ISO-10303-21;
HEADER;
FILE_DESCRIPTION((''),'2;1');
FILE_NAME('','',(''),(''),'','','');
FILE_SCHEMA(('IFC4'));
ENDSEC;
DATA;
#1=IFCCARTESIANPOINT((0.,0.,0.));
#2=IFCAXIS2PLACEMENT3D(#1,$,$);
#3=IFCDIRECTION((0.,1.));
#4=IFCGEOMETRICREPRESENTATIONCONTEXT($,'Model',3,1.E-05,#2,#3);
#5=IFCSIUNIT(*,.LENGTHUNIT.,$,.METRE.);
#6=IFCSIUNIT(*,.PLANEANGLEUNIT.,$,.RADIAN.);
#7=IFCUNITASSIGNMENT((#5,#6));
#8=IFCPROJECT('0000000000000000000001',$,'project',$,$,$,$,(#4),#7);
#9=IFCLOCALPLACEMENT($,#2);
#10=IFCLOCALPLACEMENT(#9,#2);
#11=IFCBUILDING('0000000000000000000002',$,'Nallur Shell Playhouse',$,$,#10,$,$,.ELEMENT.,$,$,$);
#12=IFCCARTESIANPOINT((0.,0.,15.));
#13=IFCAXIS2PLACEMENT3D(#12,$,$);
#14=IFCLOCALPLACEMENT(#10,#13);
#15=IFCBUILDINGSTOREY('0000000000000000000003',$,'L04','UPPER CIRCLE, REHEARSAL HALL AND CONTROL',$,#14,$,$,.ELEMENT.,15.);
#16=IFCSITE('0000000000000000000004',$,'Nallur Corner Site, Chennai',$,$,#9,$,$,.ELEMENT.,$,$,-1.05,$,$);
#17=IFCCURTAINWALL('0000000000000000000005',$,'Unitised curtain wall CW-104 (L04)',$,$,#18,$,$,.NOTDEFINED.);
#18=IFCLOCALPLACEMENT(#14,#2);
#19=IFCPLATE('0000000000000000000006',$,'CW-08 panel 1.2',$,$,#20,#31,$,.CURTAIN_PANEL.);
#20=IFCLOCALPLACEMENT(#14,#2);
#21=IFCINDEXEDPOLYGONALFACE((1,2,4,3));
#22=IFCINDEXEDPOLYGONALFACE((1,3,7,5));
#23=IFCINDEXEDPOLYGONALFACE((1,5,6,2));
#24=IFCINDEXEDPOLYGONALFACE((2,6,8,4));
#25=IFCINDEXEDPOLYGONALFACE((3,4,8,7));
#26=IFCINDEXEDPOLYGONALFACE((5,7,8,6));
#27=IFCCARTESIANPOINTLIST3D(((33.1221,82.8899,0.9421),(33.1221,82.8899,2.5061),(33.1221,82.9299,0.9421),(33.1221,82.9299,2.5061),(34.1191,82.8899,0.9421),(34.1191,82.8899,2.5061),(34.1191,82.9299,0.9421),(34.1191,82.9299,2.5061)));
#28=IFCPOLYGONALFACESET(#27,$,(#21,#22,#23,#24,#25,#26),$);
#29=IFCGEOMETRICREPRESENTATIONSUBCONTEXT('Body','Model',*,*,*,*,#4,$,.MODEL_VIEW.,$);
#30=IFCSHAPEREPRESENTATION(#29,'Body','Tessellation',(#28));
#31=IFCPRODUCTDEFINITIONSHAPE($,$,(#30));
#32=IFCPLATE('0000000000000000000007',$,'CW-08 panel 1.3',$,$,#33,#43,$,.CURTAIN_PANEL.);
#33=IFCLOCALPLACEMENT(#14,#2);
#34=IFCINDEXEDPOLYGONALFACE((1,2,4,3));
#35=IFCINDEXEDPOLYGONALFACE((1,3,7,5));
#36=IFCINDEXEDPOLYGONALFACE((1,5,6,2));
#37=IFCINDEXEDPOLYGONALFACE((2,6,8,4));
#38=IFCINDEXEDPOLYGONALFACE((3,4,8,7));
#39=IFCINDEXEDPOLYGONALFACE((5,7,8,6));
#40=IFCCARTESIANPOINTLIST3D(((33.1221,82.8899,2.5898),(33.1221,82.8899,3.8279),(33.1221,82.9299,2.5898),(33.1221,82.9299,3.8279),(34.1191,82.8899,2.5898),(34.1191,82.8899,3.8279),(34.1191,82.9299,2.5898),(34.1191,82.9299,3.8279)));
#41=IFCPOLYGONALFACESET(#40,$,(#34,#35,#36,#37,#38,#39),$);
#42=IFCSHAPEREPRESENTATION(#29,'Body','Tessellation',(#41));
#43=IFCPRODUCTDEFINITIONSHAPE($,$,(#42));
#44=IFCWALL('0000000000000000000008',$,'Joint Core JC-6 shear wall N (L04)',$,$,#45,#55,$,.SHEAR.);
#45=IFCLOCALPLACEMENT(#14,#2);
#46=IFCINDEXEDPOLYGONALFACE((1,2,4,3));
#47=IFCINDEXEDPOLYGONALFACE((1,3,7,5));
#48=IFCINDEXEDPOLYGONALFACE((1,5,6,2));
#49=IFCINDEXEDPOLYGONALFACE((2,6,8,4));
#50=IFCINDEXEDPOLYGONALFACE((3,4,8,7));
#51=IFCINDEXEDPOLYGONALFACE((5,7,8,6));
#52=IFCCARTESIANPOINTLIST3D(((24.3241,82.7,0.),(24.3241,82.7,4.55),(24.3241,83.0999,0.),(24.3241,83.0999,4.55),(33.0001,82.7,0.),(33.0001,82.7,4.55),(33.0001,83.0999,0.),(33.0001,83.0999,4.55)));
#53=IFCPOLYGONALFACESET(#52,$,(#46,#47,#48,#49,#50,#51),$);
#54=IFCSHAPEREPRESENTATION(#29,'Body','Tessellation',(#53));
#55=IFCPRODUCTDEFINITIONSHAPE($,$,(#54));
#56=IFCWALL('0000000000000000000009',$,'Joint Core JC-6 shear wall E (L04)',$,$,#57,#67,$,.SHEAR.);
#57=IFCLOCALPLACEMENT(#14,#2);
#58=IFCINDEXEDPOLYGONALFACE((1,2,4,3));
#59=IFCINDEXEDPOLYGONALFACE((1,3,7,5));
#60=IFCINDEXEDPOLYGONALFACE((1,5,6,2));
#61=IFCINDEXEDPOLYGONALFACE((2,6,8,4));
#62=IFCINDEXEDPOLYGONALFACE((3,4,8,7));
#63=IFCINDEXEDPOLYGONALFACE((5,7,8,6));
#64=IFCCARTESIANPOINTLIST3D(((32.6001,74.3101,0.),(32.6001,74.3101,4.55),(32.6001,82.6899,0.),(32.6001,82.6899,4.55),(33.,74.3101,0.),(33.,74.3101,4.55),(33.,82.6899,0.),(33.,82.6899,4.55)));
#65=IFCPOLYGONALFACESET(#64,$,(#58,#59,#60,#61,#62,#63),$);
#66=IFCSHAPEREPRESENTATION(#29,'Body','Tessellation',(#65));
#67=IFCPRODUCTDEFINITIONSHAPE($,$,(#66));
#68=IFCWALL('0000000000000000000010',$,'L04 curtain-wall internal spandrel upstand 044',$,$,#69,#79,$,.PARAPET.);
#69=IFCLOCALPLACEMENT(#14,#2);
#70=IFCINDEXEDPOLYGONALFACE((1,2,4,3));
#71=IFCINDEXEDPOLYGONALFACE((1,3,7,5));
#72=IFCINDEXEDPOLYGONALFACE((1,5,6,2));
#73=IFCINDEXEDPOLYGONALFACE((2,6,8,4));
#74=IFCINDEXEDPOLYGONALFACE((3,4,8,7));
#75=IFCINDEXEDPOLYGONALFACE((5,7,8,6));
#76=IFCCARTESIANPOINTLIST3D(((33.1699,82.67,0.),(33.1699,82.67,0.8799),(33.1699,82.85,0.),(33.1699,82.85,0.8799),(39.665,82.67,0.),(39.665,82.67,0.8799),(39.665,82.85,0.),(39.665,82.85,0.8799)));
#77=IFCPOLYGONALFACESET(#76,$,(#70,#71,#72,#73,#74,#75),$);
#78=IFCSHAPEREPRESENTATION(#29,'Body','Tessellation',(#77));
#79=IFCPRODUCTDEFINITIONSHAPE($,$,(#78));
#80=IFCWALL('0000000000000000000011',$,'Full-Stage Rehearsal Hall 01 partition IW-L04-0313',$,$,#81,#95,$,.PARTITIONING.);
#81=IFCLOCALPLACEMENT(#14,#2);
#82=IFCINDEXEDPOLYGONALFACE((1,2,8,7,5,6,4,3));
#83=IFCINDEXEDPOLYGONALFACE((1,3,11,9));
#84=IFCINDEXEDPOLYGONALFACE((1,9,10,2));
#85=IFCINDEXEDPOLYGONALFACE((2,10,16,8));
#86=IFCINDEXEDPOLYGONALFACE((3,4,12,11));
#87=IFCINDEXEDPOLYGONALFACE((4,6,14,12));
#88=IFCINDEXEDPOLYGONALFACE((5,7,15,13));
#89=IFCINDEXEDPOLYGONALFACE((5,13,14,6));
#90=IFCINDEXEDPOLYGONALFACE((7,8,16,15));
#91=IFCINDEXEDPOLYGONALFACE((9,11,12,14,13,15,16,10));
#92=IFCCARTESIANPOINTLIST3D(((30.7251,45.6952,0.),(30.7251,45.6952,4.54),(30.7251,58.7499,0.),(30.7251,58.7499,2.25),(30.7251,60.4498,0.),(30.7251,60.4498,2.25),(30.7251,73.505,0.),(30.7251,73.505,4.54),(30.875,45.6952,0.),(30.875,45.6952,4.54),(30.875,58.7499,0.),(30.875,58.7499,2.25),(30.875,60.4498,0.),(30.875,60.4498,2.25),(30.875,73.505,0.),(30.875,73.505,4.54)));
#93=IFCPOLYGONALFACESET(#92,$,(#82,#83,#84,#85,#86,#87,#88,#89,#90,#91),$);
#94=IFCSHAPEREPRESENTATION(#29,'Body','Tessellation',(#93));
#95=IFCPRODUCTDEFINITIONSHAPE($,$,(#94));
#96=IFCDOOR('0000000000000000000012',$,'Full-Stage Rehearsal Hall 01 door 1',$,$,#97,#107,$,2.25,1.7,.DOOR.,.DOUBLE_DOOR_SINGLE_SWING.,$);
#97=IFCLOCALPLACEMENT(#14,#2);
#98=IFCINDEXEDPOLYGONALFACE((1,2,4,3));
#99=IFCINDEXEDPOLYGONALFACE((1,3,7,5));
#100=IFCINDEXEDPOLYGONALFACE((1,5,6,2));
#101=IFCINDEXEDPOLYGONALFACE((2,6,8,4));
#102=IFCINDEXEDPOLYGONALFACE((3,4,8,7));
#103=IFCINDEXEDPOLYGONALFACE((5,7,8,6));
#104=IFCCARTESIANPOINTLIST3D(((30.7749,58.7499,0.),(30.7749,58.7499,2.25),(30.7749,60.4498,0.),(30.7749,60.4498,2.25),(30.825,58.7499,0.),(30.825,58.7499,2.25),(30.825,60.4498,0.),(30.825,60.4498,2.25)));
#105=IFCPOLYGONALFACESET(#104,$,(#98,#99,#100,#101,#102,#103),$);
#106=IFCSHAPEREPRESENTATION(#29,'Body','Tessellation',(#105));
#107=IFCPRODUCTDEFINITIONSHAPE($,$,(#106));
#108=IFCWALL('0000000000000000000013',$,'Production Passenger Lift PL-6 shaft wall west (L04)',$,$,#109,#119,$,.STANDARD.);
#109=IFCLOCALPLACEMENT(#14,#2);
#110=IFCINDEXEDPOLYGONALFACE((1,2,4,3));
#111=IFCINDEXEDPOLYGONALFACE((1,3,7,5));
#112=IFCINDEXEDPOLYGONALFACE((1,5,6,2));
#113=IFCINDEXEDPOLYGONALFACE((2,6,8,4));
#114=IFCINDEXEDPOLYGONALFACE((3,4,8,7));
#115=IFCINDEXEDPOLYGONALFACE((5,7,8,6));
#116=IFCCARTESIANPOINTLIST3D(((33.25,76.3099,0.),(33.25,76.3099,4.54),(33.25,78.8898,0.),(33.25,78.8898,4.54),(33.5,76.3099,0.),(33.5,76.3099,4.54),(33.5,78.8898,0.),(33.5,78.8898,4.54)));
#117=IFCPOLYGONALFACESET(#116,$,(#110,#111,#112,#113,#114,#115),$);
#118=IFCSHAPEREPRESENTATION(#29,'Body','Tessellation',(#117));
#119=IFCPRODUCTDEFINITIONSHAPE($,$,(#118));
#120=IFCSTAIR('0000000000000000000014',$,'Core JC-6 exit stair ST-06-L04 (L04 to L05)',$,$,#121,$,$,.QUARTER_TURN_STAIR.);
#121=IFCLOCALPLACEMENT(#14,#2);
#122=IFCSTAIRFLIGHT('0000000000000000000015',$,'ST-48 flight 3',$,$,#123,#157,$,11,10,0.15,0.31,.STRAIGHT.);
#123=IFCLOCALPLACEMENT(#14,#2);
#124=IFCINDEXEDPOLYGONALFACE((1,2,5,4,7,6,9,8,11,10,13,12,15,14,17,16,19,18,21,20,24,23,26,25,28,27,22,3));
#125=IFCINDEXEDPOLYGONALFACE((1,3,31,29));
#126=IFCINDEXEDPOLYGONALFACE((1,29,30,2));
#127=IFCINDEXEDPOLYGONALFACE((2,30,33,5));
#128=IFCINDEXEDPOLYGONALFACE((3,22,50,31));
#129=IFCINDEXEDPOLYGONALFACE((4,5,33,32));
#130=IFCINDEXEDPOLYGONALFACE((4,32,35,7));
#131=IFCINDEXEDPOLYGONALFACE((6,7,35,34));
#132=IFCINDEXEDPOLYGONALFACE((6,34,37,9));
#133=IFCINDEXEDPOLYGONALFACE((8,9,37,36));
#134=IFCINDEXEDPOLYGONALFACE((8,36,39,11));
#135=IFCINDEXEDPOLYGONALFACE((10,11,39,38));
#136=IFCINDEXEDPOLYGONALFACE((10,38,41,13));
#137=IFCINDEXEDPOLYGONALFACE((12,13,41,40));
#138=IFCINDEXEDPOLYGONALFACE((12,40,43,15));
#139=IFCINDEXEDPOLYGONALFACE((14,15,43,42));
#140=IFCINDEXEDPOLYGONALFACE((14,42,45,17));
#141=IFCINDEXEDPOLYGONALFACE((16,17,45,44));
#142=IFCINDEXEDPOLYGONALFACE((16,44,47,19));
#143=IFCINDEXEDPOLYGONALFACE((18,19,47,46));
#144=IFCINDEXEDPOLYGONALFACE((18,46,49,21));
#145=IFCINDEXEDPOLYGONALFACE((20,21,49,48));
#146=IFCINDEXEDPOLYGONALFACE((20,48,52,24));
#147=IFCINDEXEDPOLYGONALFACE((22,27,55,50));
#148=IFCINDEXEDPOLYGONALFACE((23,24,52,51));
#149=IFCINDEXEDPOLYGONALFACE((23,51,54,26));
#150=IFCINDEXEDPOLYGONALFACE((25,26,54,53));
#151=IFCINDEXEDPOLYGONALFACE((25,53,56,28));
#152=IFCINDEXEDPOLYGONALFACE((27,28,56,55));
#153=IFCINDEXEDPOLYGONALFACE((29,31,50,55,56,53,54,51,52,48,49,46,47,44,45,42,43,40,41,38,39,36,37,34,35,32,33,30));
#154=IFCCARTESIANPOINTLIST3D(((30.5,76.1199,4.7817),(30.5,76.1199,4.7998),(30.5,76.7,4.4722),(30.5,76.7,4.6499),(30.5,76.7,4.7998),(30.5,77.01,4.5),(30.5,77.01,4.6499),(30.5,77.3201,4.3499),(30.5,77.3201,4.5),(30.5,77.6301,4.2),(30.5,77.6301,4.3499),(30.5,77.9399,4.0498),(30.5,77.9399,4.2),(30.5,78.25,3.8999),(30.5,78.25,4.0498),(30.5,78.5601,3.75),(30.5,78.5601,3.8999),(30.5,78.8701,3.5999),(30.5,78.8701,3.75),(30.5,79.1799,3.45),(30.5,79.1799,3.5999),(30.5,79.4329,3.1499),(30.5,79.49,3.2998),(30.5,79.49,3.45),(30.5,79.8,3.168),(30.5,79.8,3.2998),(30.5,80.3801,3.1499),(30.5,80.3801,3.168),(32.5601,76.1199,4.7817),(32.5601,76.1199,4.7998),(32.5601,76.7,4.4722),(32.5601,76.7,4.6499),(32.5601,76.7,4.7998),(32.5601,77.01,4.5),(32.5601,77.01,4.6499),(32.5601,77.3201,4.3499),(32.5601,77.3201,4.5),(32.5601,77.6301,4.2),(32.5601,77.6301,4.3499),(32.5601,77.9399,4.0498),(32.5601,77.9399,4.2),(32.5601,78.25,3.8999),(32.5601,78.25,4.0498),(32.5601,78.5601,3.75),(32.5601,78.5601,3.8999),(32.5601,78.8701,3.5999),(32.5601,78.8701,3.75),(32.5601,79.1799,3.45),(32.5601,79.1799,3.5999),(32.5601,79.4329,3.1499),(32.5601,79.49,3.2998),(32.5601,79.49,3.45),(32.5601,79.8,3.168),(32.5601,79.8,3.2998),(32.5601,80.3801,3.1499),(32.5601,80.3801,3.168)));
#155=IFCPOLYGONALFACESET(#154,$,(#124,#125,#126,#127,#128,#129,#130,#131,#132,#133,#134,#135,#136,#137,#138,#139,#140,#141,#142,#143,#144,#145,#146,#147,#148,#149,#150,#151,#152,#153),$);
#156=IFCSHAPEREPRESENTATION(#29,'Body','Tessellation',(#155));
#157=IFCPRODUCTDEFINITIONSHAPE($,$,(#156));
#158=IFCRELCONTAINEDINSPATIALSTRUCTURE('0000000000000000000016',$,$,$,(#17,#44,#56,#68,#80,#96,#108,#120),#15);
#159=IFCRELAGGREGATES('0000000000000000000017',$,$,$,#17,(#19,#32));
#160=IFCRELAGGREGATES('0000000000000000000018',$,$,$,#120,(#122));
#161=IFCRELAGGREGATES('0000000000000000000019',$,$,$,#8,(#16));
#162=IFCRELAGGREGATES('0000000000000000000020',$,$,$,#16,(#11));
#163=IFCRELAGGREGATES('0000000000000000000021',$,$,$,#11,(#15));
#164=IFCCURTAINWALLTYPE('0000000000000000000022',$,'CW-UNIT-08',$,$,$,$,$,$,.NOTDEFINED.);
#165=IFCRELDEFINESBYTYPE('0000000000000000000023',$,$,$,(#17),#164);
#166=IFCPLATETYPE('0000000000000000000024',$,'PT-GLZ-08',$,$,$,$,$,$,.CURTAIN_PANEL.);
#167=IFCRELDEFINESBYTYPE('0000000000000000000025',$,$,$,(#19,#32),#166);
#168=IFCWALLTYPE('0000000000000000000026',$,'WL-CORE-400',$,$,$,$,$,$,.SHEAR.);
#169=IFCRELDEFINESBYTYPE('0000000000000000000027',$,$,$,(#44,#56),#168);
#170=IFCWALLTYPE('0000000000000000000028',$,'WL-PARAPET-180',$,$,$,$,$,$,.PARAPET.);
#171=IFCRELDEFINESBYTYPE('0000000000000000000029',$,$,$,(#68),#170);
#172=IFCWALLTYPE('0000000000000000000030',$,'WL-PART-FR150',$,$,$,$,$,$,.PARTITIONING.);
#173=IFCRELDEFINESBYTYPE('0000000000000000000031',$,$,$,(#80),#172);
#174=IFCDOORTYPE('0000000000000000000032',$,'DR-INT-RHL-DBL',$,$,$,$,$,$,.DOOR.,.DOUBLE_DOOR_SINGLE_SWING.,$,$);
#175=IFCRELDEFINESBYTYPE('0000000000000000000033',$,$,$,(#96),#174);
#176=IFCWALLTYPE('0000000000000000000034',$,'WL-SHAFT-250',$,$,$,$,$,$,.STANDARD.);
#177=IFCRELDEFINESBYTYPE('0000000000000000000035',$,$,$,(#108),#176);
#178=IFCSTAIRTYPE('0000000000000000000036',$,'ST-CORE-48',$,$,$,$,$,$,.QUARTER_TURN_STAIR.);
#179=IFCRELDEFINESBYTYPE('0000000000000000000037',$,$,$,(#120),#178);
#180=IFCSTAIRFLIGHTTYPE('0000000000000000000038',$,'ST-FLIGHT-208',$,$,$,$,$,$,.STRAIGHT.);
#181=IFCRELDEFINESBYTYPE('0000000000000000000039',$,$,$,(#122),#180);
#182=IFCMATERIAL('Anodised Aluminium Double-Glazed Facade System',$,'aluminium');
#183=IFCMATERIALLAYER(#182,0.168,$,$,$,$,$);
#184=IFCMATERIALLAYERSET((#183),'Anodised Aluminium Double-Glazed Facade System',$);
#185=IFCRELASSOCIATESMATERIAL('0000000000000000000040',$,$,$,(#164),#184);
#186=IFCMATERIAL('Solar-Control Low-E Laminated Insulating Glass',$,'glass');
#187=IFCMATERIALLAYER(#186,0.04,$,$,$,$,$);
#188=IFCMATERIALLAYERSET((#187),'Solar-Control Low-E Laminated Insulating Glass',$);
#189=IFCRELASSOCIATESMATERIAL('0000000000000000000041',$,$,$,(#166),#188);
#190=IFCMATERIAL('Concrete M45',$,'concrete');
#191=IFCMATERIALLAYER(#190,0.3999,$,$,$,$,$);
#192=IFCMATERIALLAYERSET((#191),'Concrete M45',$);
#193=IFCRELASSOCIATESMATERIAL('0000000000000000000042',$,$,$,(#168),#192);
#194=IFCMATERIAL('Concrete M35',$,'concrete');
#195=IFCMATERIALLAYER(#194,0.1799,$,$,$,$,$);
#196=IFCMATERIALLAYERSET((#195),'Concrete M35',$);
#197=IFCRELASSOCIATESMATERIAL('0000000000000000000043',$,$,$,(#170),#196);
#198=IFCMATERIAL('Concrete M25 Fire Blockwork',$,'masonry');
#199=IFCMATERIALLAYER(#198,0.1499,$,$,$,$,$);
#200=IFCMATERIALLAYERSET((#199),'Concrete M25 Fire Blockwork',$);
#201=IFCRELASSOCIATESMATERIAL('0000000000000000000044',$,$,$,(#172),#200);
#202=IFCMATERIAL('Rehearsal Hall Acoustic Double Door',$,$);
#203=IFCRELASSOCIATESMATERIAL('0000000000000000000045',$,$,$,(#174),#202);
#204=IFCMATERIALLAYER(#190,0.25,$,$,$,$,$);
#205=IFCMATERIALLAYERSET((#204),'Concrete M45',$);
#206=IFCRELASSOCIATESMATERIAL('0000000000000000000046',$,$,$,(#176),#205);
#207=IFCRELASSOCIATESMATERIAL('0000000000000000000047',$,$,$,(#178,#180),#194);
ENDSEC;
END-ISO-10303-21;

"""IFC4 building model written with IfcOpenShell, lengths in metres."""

from ifc_helpers import new_model, si_unit, direction, frame, frame_2d, origin, origin_2d, place, context, subcontext, project, spatial, polyline, rectangle, outline, extrude, material, layer, layer_set, type_object, element, fill, aggregate, save


model = new_model("IFC4")

# Units and contexts
model_context = context("Model", 3, precision=1e-05, world=origin(), true_north=direction((0.0, 1.0)))
body_context = subcontext(model_context, "Body", "Model", "MODEL_VIEW")
ifc_project = project(units=[si_unit("LENGTHUNIT", "METRE"), si_unit("PLANEANGLEUNIT", "RADIAN")], contexts=[model_context])

# Site, building, storey
site_placement = place(None, origin())
site = spatial("IfcSite", under=ifc_project, at=site_placement, Name="Nallur Corner Site, Chennai", CompositionType="ELEMENT", RefElevation=-1.05)
building_placement = place(site_placement, origin())
building = spatial("IfcBuilding", under=site, at=building_placement, Name="Nallur Shell Playhouse", CompositionType="ELEMENT")
storey_placement = place(building_placement, frame((0.0, 0.0, 15.0)))
storey = spatial("IfcBuildingStorey", under=building, at=storey_placement, Name="L04", Description="UPPER CIRCLE, REHEARSAL HALL AND CONTROL", CompositionType="ELEMENT", Elevation=15.0)

# Shared definitions
ifc_material_1 = material(Name="Concrete M35", Category="concrete")

# Curtain wall, plates
ifc_material_2 = material(Name="Anodised Aluminium Double-Glazed Facade System", Category="aluminium")
ifc_layer_1 = layer(ifc_material_2, 0.168)
ifc_layer_set_1 = layer_set([ifc_layer_1], Name="Anodised Aluminium Double-Glazed Facade System")
curtain_wall_type = type_object("IfcCurtainWallType", Name="CW-UNIT-08", PredefinedType="NOTDEFINED", material=ifc_layer_set_1)
curtain_wall_placement = place(storey_placement, origin())
curtain_wall = element("IfcCurtainWall", 1, at=curtain_wall_placement, inside=storey, type_object=curtain_wall_type, Name="Unitised curtain wall CW-104 (L04)", PredefinedType="NOTDEFINED")
ifc_material_3 = material(Name="Solar-Control Low-E Laminated Insulating Glass", Category="glass")
ifc_layer_2 = layer(ifc_material_3, 0.04)
ifc_layer_set_2 = layer_set([ifc_layer_2], Name="Solar-Control Low-E Laminated Insulating Glass")
plate_type = type_object("IfcPlateType", Name="PT-GLZ-08", PredefinedType="CURTAIN_PANEL", material=ifc_layer_set_2)
plate_1_placement = place(storey_placement, frame((33.6206, 82.9099, 0.9421), z_axis=(0.0, 0.0, 1.0), x_axis=(1.0, 0.0, 0.0)))
plate_1 = element("IfcPlate", 2, at=plate_1_placement, type_object=plate_type, Name="CW-08 panel 1.2", PredefinedType="CURTAIN_PANEL", context=body_context, shape_type="SweptSolid", body=[
    extrude(rectangle(XDim=0.9971, YDim=0.04, at=origin_2d()), origin(), (0.0, 0.0, 1.0), 1.564),
])
plate_2_placement = place(storey_placement, frame((33.6206, 82.9099, 2.5898), z_axis=(0.0, 0.0, 1.0), x_axis=(1.0, 0.0, 0.0)))
plate_2 = element("IfcPlate", 3, at=plate_2_placement, type_object=plate_type, Name="CW-08 panel 1.3", PredefinedType="CURTAIN_PANEL", context=body_context, shape_type="SweptSolid", body=[
    extrude(rectangle(XDim=0.9971, YDim=0.04, at=origin_2d()), origin(), (0.0, 0.0, 1.0), 1.238),
])
aggregate(curtain_wall, [plate_1, plate_2])

# Walls
ifc_material_4 = material(Name="Concrete M45", Category="concrete")
ifc_layer_3 = layer(ifc_material_4, 0.3999)
ifc_layer_set_3 = layer_set([ifc_layer_3], Name="Concrete M45")
wall_type_1 = type_object("IfcWallType", Name="WL-CORE-400", PredefinedType="SHEAR", material=ifc_layer_set_3)
wall_1_placement = place(storey_placement, frame((33.0, 82.8999, 0.0), z_axis=(0.0, 0.0, 1.0), x_axis=(-1.0, 0.0, 0.0)))
element("IfcWall", 4, at=wall_1_placement, inside=storey, type_object=wall_type_1, Name="Joint Core JC-6 shear wall N (L04)", PredefinedType="SHEAR", context=body_context, shape_type="SweptSolid", body=[
    extrude(rectangle(XDim=8.676, YDim=0.3999, at=frame_2d((4.3379, 0.0))), origin(), (0.0, 0.0, 1.0), 4.55),
])
wall_2_placement = place(storey_placement, frame((32.8, 74.3101, 0.0), z_axis=(0.0, 0.0, 1.0), x_axis=(0.0, 1.0, 0.0)))
element("IfcWall", 5, at=wall_2_placement, inside=storey, type_object=wall_type_1, Name="Joint Core JC-6 shear wall E (L04)", PredefinedType="SHEAR", context=body_context, shape_type="SweptSolid", body=[
    extrude(rectangle(XDim=8.3799, YDim=0.3999, at=frame_2d((4.1899, 0.0))), origin(), (0.0, 0.0, 1.0), 4.55),
])
ifc_layer_4 = layer(ifc_material_1, 0.1799)
ifc_layer_set_4 = layer_set([ifc_layer_4], Name="Concrete M35")
wall_type_2 = type_object("IfcWallType", Name="WL-PARAPET-180", PredefinedType="PARAPET", material=ifc_layer_set_4)
wall_3_placement = place(storey_placement, frame((33.1699, 82.76, 0.0), z_axis=(0.0, 0.0, 1.0), x_axis=(1.0, 0.0, 0.0)))
element("IfcWall", 6, at=wall_3_placement, inside=storey, type_object=wall_type_2, Name="L04 curtain-wall internal spandrel upstand 044", PredefinedType="PARAPET", context=body_context, shape_type="SweptSolid", body=[
    extrude(rectangle(XDim=6.4951, YDim=0.1799, at=frame_2d((3.2476, 0.0))), origin(), (0.0, 0.0, 1.0), 0.8799),
])

# Wall, opening, door
ifc_material_5 = material(Name="Concrete M25 Fire Blockwork", Category="masonry")
ifc_layer_5 = layer(ifc_material_5, 0.1499)
ifc_layer_set_5 = layer_set([ifc_layer_5], Name="Concrete M25 Fire Blockwork")
wall_type_3 = type_object("IfcWallType", Name="WL-PART-FR150", PredefinedType="PARTITIONING", material=ifc_layer_set_5)
wall_4_placement = place(storey_placement, frame((30.8, 73.5049, 0.0), z_axis=(0.0, 0.0, 1.0), x_axis=(0.0, -1.0, 0.0)))
wall_4 = element("IfcWall", 7, at=wall_4_placement, inside=storey, type_object=wall_type_3, Name="Full-Stage Rehearsal Hall 01 partition IW-L04-0313", PredefinedType="PARTITIONING", context=body_context, shape_type="SweptSolid", body=[
    extrude(rectangle(XDim=27.8098, YDim=0.1499, at=frame_2d((13.9048, 0.0))), origin(), (0.0, 0.0, 1.0), 4.54),
])
opening_1_placement = place(wall_4_placement, frame((13.0549, 0.0, 0.0)))
opening_1 = element("IfcOpeningElement", 8, at=opening_1_placement, cuts=wall_4, PredefinedType="OPENING", context=body_context, shape_type="SweptSolid", body=[
    extrude(rectangle(XDim=1.7, YDim=2.25, at=frame_2d((0.8501, 1.125))), frame((0.0, 0.085, 0.0), z_axis=(0.0, -1.0, 0.0), x_axis=(1.0, 0.0, 0.0)), (0.0, 0.0, 1.0), 0.1699),
])
ifc_material_6 = material(Name="Rehearsal Hall Acoustic Double Door")
door_type_1 = type_object("IfcDoorType", Name="DR-INT-RHL-DBL", OperationType="DOUBLE_DOOR_SINGLE_SWING", PredefinedType="DOOR", material=ifc_material_6)
door_1_placement = place(opening_1_placement, origin())
door_1 = element("IfcDoor", 9, at=door_1_placement, inside=storey, type_object=door_type_1, Name="Full-Stage Rehearsal Hall 01 door 1", OperationType="DOUBLE_DOOR_SINGLE_SWING", OverallHeight=2.25, OverallWidth=1.7, PredefinedType="DOOR", context=body_context, shape_type="SweptSolid", body=[
    extrude(rectangle(XDim=1.7, YDim=2.25, at=frame_2d((0.8501, 1.125))), frame((0.0, 0.0249, 0.0), z_axis=(0.0, -1.0, 0.0), x_axis=(1.0, 0.0, 0.0)), (0.0, 0.0, 1.0), 0.05),
])
fill(opening_1, door_1)
ifc_layer_6 = layer(ifc_material_4, 0.25)
ifc_layer_set_6 = layer_set([ifc_layer_6], Name="Concrete M45")
wall_type_4 = type_object("IfcWallType", Name="WL-SHAFT-250", PredefinedType="STANDARD", material=ifc_layer_set_6)

# Wall
wall_5_placement = place(storey_placement, frame((33.375, 78.8899, 0.0), z_axis=(0.0, 0.0, 1.0), x_axis=(0.0, -1.0, 0.0)))
element("IfcWall", 10, at=wall_5_placement, inside=storey, type_object=wall_type_4, Name="Production Passenger Lift PL-6 shaft wall west (L04)", PredefinedType="STANDARD", context=body_context, shape_type="SweptSolid", body=[
    extrude(rectangle(XDim=2.5798, YDim=0.25, at=frame_2d((1.29, 0.0))), origin(), (0.0, 0.0, 1.0), 4.54),
])

# Stair, stair flight
stair_type = type_object("IfcStairType", Name="ST-CORE-48", PredefinedType="QUARTER_TURN_STAIR", material=ifc_material_1)
stair_placement = place(storey_placement, origin())
stair = element("IfcStair", 11, at=stair_placement, inside=storey, type_object=stair_type, Name="Core JC-6 exit stair ST-06-L04 (L04 to L05)", PredefinedType="QUARTER_TURN_STAIR")
stair_flight_type = type_object("IfcStairFlightType", Name="ST-FLIGHT-208", PredefinedType="STRAIGHT", material=ifc_material_1)
stair_flight_placement = place(storey_placement, frame((31.53, 79.8, 3.1499), z_axis=(0.0, 0.0, 1.0), x_axis=(0.0, -1.0, 0.0)))
stair_flight = element("IfcStairFlight", 12, at=stair_flight_placement, type_object=stair_flight_type, Name="ST-48 flight 3", NumberOfRisers=11, NumberOfTreads=10, PredefinedType="STRAIGHT", RiserHeight=0.15, TreadLength=0.31, context=body_context, shape_type="SweptSolid", body=[
    extrude(outline(polyline([(-0.5801, 0.0), (-0.5801, 0.0181), (0.0, 0.0181), (0.0, 0.1499), (0.3101, 0.1499), (0.3101, 0.3), (0.6201, 0.3), (0.6201, 0.45), (0.9299, 0.45), (0.9299, 0.6001), (1.24, 0.6001), (1.24, 0.75), (1.55, 0.75), (1.55, 0.8999), (1.8601, 0.8999), (1.8601, 1.05), (2.1699, 1.05), (2.1699, 1.2), (2.48, 1.2), (2.48, 1.3501), (2.79, 1.3501), (2.79, 1.5), (3.1001, 1.5), (3.1001, 1.6499), (3.6802, 1.6499), (3.6802, 1.6318), (3.1001, 1.3223), (0.3672, 0.0), (-0.5801, 0.0)])), frame((0.0, 1.03, 0.0), z_axis=(0.0, -1.0, 0.0), x_axis=(1.0, 0.0, 0.0)), (0.0, 0.0, 1.0), 2.0601),
])
aggregate(stair, [stair_flight])

save(model, "model.ifc")
